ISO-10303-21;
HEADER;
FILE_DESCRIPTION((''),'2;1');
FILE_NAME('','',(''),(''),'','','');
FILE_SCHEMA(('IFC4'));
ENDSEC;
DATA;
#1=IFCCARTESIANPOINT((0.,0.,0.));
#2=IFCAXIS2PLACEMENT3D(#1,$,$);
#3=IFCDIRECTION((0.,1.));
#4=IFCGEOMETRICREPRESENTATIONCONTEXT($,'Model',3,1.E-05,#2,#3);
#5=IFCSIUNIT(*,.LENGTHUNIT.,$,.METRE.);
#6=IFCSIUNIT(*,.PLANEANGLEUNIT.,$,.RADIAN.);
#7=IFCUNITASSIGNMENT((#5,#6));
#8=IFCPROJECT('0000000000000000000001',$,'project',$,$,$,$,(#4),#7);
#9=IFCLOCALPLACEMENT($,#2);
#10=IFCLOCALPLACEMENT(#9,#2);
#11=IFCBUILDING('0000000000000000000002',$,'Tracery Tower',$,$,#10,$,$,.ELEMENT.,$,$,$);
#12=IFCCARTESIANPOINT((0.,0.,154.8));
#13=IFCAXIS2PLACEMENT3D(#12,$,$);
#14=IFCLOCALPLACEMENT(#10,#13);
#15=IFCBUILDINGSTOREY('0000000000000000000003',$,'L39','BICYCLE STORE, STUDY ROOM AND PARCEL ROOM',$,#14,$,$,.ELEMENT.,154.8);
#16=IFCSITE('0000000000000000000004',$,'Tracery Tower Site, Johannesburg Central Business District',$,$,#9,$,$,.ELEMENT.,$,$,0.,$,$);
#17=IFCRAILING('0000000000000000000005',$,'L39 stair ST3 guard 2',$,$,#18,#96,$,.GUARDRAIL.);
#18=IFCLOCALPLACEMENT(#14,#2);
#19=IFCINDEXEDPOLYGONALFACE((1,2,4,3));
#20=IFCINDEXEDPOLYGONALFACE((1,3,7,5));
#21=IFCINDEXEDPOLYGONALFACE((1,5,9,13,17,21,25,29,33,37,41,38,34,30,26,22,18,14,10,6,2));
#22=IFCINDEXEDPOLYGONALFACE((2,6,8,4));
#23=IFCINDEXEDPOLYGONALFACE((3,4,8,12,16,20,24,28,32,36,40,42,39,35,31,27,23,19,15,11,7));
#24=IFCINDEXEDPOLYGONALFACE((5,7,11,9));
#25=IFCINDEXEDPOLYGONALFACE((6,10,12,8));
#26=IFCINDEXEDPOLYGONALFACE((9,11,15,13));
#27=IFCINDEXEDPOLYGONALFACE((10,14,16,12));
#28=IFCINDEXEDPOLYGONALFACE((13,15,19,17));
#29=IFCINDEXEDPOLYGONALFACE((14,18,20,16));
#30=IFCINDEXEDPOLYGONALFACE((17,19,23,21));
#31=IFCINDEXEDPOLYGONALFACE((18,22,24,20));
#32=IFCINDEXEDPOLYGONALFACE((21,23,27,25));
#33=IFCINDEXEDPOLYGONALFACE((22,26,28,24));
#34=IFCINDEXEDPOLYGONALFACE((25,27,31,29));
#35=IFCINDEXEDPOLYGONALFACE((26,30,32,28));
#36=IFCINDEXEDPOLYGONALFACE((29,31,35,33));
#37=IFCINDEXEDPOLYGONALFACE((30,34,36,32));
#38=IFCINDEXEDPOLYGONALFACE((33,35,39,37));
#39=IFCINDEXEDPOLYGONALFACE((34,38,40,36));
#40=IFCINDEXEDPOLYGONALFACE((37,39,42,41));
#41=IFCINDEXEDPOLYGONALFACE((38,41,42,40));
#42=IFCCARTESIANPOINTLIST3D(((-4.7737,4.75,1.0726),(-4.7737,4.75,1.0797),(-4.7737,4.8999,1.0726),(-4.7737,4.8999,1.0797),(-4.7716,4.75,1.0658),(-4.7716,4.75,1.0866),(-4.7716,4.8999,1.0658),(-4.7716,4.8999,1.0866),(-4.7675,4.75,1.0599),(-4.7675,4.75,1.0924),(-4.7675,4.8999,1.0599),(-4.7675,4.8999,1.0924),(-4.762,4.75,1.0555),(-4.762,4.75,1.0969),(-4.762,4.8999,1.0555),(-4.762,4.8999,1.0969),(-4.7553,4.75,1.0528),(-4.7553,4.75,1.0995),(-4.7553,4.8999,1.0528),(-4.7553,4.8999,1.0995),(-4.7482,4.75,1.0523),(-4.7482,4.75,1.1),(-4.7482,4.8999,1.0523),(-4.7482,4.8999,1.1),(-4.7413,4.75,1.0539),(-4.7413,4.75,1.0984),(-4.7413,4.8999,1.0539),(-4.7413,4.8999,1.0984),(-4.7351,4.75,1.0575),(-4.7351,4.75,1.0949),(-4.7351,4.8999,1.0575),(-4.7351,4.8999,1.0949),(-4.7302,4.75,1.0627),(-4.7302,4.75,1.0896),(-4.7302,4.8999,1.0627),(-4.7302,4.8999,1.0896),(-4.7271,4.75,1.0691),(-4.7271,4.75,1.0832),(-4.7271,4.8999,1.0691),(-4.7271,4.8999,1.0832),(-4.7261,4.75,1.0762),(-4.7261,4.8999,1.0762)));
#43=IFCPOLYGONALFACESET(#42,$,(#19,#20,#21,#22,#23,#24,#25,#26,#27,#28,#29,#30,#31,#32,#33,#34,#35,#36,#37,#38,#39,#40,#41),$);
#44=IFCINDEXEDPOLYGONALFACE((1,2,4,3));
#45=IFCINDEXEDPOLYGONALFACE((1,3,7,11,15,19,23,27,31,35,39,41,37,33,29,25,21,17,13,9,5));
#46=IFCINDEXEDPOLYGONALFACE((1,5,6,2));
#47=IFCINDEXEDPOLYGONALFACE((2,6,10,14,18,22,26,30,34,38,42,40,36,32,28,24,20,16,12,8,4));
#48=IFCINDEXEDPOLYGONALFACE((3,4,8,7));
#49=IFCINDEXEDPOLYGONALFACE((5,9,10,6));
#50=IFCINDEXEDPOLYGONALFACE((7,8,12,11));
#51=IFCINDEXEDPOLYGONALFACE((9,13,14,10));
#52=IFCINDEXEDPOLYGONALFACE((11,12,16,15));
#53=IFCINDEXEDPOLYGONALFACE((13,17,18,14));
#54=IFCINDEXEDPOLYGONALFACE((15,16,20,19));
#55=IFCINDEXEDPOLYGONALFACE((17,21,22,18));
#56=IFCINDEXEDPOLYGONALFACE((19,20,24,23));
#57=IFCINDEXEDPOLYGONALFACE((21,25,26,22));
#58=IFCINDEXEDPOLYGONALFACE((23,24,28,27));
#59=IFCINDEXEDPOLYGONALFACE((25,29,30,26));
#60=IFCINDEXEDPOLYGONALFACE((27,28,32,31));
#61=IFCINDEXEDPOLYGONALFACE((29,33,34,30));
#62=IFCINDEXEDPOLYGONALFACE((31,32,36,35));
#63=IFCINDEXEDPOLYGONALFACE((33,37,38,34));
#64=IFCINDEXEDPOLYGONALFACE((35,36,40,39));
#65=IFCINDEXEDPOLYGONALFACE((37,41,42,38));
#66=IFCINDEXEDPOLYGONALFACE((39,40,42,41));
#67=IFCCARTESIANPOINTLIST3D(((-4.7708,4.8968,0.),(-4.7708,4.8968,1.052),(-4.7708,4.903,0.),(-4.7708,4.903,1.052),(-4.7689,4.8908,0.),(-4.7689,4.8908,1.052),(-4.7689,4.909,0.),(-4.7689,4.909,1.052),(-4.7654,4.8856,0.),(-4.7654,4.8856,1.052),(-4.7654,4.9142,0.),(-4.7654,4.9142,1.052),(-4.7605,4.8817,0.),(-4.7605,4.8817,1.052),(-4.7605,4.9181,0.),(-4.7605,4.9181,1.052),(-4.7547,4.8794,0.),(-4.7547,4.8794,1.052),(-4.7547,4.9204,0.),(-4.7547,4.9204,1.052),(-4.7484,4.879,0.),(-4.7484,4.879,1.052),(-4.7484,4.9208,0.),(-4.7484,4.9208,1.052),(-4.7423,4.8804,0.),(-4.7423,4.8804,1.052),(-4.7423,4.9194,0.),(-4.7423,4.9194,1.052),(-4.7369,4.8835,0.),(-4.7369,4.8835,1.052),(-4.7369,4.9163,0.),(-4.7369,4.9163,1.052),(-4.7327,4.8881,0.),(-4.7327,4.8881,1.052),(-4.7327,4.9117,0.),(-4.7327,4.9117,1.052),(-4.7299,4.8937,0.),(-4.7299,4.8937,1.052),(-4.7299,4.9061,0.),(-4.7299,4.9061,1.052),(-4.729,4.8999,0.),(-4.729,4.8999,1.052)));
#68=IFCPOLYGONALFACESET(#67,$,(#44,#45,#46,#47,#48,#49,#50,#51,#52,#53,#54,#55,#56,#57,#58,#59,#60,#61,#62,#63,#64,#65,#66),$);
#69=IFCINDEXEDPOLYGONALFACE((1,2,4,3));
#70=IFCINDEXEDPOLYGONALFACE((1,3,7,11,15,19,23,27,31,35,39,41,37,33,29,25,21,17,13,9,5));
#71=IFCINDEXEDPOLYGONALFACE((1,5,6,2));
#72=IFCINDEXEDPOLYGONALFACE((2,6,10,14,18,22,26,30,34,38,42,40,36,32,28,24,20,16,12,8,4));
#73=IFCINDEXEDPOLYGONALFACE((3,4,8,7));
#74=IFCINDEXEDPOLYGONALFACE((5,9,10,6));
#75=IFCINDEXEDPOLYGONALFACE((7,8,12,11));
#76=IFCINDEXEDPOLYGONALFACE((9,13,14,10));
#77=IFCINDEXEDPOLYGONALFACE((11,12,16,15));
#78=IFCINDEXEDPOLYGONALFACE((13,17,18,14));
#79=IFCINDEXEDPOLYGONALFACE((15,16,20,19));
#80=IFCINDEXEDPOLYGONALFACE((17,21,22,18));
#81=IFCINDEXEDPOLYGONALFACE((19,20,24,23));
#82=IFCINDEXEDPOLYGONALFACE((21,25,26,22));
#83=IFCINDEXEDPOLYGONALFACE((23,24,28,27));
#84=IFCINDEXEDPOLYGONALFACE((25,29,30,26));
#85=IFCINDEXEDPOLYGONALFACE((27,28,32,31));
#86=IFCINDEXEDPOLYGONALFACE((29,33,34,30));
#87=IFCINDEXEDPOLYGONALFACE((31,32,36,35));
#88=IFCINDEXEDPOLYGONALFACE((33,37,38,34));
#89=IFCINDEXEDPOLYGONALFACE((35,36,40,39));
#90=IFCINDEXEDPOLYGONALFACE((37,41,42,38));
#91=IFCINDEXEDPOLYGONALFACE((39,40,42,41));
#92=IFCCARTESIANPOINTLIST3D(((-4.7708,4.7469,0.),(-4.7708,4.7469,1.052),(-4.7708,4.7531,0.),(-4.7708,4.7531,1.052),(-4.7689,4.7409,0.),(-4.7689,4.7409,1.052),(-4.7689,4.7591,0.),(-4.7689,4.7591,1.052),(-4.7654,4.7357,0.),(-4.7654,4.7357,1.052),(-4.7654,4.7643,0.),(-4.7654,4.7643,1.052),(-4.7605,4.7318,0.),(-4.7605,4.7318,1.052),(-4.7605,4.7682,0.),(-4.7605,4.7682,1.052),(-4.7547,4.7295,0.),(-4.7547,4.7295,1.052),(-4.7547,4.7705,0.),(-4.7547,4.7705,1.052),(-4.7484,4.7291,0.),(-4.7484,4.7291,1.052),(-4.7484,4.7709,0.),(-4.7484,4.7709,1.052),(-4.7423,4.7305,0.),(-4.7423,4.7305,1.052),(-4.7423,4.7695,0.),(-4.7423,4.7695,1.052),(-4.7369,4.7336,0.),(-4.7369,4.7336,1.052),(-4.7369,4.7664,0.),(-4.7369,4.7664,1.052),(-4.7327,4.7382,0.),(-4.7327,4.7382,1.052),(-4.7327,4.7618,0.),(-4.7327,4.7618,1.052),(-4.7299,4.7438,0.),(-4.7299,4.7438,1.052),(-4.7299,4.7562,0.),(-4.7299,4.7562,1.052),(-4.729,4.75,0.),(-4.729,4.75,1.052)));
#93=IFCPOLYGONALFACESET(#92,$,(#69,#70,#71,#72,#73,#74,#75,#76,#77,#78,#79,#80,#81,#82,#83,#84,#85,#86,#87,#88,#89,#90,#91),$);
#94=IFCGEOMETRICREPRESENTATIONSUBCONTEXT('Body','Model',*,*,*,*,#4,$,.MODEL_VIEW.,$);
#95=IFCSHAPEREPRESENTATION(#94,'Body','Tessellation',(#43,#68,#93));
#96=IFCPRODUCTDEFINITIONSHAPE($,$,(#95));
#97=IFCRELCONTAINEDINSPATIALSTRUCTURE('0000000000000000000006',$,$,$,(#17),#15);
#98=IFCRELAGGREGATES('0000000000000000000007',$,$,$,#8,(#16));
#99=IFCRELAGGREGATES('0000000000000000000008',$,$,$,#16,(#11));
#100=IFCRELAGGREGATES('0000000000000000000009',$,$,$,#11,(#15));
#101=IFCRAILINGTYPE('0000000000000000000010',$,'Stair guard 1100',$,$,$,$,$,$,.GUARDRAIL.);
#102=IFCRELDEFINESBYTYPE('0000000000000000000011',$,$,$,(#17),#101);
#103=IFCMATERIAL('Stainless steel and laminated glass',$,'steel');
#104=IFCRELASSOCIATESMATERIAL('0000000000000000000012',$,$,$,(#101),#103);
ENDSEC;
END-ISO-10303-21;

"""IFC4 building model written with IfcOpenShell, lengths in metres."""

from ifc_helpers import new_model, si_unit, direction, frame, origin, origin_2d, place, context, subcontext, project, spatial, circle, extrude, material, type_object, element, save


model = new_model("IFC4")

# Units and contexts
model_context = context("Model", 3, precision=1e-05, world=origin(), true_north=direction((0.0, 1.0)))
body_context = subcontext(model_context, "Body", "Model", "MODEL_VIEW")
ifc_project = project(units=[si_unit("LENGTHUNIT", "METRE"), si_unit("PLANEANGLEUNIT", "RADIAN")], contexts=[model_context])

# Site, building, storey
site_placement = place(None, origin())
site = spatial("IfcSite", under=ifc_project, at=site_placement, Name="Tracery Tower Site, Johannesburg Central Business District", CompositionType="ELEMENT", RefElevation=0.0)
building_placement = place(site_placement, origin())
building = spatial("IfcBuilding", under=site, at=building_placement, Name="Tracery Tower", CompositionType="ELEMENT")
storey_placement = place(building_placement, frame((0.0, 0.0, 154.8)))
storey = spatial("IfcBuildingStorey", under=building, at=storey_placement, Name="L39", Description="BICYCLE STORE, STUDY ROOM AND PARCEL ROOM", CompositionType="ELEMENT", Elevation=154.8)

# Railing
ifc_material_1 = material(Name="Stainless steel and laminated glass", Category="steel")
railing_type_1 = type_object("IfcRailingType", Name="Stair guard 1100", PredefinedType="GUARDRAIL", material=ifc_material_1)
railing_1_placement = place(storey_placement, frame((-4.75, 4.8999, 0.0)))
element("IfcRailing", 1, at=railing_1_placement, inside=storey, type_object=railing_type_1, Name="L39 stair ST3 guard 2", PredefinedType="GUARDRAIL", context=body_context, shape_type="SweptSolid", body=[
    extrude(circle(Radius=0.0239, at=origin_2d()), frame((0.0, 0.0, 1.0762), z_axis=(0.0, -1.0, 0.0), x_axis=(1.0, 0.0, 0.0)), (0.0, 0.0, 1.0), 0.1499),
    extrude(circle(Radius=0.021, at=origin_2d()), origin(), (0.0, 0.0, 1.0), 1.052),
    extrude(circle(Radius=0.021, at=origin_2d()), frame((0.0, -0.1499, 0.0)), (0.0, 0.0, 1.0), 1.052),
])

save(model, "model.ifc")
